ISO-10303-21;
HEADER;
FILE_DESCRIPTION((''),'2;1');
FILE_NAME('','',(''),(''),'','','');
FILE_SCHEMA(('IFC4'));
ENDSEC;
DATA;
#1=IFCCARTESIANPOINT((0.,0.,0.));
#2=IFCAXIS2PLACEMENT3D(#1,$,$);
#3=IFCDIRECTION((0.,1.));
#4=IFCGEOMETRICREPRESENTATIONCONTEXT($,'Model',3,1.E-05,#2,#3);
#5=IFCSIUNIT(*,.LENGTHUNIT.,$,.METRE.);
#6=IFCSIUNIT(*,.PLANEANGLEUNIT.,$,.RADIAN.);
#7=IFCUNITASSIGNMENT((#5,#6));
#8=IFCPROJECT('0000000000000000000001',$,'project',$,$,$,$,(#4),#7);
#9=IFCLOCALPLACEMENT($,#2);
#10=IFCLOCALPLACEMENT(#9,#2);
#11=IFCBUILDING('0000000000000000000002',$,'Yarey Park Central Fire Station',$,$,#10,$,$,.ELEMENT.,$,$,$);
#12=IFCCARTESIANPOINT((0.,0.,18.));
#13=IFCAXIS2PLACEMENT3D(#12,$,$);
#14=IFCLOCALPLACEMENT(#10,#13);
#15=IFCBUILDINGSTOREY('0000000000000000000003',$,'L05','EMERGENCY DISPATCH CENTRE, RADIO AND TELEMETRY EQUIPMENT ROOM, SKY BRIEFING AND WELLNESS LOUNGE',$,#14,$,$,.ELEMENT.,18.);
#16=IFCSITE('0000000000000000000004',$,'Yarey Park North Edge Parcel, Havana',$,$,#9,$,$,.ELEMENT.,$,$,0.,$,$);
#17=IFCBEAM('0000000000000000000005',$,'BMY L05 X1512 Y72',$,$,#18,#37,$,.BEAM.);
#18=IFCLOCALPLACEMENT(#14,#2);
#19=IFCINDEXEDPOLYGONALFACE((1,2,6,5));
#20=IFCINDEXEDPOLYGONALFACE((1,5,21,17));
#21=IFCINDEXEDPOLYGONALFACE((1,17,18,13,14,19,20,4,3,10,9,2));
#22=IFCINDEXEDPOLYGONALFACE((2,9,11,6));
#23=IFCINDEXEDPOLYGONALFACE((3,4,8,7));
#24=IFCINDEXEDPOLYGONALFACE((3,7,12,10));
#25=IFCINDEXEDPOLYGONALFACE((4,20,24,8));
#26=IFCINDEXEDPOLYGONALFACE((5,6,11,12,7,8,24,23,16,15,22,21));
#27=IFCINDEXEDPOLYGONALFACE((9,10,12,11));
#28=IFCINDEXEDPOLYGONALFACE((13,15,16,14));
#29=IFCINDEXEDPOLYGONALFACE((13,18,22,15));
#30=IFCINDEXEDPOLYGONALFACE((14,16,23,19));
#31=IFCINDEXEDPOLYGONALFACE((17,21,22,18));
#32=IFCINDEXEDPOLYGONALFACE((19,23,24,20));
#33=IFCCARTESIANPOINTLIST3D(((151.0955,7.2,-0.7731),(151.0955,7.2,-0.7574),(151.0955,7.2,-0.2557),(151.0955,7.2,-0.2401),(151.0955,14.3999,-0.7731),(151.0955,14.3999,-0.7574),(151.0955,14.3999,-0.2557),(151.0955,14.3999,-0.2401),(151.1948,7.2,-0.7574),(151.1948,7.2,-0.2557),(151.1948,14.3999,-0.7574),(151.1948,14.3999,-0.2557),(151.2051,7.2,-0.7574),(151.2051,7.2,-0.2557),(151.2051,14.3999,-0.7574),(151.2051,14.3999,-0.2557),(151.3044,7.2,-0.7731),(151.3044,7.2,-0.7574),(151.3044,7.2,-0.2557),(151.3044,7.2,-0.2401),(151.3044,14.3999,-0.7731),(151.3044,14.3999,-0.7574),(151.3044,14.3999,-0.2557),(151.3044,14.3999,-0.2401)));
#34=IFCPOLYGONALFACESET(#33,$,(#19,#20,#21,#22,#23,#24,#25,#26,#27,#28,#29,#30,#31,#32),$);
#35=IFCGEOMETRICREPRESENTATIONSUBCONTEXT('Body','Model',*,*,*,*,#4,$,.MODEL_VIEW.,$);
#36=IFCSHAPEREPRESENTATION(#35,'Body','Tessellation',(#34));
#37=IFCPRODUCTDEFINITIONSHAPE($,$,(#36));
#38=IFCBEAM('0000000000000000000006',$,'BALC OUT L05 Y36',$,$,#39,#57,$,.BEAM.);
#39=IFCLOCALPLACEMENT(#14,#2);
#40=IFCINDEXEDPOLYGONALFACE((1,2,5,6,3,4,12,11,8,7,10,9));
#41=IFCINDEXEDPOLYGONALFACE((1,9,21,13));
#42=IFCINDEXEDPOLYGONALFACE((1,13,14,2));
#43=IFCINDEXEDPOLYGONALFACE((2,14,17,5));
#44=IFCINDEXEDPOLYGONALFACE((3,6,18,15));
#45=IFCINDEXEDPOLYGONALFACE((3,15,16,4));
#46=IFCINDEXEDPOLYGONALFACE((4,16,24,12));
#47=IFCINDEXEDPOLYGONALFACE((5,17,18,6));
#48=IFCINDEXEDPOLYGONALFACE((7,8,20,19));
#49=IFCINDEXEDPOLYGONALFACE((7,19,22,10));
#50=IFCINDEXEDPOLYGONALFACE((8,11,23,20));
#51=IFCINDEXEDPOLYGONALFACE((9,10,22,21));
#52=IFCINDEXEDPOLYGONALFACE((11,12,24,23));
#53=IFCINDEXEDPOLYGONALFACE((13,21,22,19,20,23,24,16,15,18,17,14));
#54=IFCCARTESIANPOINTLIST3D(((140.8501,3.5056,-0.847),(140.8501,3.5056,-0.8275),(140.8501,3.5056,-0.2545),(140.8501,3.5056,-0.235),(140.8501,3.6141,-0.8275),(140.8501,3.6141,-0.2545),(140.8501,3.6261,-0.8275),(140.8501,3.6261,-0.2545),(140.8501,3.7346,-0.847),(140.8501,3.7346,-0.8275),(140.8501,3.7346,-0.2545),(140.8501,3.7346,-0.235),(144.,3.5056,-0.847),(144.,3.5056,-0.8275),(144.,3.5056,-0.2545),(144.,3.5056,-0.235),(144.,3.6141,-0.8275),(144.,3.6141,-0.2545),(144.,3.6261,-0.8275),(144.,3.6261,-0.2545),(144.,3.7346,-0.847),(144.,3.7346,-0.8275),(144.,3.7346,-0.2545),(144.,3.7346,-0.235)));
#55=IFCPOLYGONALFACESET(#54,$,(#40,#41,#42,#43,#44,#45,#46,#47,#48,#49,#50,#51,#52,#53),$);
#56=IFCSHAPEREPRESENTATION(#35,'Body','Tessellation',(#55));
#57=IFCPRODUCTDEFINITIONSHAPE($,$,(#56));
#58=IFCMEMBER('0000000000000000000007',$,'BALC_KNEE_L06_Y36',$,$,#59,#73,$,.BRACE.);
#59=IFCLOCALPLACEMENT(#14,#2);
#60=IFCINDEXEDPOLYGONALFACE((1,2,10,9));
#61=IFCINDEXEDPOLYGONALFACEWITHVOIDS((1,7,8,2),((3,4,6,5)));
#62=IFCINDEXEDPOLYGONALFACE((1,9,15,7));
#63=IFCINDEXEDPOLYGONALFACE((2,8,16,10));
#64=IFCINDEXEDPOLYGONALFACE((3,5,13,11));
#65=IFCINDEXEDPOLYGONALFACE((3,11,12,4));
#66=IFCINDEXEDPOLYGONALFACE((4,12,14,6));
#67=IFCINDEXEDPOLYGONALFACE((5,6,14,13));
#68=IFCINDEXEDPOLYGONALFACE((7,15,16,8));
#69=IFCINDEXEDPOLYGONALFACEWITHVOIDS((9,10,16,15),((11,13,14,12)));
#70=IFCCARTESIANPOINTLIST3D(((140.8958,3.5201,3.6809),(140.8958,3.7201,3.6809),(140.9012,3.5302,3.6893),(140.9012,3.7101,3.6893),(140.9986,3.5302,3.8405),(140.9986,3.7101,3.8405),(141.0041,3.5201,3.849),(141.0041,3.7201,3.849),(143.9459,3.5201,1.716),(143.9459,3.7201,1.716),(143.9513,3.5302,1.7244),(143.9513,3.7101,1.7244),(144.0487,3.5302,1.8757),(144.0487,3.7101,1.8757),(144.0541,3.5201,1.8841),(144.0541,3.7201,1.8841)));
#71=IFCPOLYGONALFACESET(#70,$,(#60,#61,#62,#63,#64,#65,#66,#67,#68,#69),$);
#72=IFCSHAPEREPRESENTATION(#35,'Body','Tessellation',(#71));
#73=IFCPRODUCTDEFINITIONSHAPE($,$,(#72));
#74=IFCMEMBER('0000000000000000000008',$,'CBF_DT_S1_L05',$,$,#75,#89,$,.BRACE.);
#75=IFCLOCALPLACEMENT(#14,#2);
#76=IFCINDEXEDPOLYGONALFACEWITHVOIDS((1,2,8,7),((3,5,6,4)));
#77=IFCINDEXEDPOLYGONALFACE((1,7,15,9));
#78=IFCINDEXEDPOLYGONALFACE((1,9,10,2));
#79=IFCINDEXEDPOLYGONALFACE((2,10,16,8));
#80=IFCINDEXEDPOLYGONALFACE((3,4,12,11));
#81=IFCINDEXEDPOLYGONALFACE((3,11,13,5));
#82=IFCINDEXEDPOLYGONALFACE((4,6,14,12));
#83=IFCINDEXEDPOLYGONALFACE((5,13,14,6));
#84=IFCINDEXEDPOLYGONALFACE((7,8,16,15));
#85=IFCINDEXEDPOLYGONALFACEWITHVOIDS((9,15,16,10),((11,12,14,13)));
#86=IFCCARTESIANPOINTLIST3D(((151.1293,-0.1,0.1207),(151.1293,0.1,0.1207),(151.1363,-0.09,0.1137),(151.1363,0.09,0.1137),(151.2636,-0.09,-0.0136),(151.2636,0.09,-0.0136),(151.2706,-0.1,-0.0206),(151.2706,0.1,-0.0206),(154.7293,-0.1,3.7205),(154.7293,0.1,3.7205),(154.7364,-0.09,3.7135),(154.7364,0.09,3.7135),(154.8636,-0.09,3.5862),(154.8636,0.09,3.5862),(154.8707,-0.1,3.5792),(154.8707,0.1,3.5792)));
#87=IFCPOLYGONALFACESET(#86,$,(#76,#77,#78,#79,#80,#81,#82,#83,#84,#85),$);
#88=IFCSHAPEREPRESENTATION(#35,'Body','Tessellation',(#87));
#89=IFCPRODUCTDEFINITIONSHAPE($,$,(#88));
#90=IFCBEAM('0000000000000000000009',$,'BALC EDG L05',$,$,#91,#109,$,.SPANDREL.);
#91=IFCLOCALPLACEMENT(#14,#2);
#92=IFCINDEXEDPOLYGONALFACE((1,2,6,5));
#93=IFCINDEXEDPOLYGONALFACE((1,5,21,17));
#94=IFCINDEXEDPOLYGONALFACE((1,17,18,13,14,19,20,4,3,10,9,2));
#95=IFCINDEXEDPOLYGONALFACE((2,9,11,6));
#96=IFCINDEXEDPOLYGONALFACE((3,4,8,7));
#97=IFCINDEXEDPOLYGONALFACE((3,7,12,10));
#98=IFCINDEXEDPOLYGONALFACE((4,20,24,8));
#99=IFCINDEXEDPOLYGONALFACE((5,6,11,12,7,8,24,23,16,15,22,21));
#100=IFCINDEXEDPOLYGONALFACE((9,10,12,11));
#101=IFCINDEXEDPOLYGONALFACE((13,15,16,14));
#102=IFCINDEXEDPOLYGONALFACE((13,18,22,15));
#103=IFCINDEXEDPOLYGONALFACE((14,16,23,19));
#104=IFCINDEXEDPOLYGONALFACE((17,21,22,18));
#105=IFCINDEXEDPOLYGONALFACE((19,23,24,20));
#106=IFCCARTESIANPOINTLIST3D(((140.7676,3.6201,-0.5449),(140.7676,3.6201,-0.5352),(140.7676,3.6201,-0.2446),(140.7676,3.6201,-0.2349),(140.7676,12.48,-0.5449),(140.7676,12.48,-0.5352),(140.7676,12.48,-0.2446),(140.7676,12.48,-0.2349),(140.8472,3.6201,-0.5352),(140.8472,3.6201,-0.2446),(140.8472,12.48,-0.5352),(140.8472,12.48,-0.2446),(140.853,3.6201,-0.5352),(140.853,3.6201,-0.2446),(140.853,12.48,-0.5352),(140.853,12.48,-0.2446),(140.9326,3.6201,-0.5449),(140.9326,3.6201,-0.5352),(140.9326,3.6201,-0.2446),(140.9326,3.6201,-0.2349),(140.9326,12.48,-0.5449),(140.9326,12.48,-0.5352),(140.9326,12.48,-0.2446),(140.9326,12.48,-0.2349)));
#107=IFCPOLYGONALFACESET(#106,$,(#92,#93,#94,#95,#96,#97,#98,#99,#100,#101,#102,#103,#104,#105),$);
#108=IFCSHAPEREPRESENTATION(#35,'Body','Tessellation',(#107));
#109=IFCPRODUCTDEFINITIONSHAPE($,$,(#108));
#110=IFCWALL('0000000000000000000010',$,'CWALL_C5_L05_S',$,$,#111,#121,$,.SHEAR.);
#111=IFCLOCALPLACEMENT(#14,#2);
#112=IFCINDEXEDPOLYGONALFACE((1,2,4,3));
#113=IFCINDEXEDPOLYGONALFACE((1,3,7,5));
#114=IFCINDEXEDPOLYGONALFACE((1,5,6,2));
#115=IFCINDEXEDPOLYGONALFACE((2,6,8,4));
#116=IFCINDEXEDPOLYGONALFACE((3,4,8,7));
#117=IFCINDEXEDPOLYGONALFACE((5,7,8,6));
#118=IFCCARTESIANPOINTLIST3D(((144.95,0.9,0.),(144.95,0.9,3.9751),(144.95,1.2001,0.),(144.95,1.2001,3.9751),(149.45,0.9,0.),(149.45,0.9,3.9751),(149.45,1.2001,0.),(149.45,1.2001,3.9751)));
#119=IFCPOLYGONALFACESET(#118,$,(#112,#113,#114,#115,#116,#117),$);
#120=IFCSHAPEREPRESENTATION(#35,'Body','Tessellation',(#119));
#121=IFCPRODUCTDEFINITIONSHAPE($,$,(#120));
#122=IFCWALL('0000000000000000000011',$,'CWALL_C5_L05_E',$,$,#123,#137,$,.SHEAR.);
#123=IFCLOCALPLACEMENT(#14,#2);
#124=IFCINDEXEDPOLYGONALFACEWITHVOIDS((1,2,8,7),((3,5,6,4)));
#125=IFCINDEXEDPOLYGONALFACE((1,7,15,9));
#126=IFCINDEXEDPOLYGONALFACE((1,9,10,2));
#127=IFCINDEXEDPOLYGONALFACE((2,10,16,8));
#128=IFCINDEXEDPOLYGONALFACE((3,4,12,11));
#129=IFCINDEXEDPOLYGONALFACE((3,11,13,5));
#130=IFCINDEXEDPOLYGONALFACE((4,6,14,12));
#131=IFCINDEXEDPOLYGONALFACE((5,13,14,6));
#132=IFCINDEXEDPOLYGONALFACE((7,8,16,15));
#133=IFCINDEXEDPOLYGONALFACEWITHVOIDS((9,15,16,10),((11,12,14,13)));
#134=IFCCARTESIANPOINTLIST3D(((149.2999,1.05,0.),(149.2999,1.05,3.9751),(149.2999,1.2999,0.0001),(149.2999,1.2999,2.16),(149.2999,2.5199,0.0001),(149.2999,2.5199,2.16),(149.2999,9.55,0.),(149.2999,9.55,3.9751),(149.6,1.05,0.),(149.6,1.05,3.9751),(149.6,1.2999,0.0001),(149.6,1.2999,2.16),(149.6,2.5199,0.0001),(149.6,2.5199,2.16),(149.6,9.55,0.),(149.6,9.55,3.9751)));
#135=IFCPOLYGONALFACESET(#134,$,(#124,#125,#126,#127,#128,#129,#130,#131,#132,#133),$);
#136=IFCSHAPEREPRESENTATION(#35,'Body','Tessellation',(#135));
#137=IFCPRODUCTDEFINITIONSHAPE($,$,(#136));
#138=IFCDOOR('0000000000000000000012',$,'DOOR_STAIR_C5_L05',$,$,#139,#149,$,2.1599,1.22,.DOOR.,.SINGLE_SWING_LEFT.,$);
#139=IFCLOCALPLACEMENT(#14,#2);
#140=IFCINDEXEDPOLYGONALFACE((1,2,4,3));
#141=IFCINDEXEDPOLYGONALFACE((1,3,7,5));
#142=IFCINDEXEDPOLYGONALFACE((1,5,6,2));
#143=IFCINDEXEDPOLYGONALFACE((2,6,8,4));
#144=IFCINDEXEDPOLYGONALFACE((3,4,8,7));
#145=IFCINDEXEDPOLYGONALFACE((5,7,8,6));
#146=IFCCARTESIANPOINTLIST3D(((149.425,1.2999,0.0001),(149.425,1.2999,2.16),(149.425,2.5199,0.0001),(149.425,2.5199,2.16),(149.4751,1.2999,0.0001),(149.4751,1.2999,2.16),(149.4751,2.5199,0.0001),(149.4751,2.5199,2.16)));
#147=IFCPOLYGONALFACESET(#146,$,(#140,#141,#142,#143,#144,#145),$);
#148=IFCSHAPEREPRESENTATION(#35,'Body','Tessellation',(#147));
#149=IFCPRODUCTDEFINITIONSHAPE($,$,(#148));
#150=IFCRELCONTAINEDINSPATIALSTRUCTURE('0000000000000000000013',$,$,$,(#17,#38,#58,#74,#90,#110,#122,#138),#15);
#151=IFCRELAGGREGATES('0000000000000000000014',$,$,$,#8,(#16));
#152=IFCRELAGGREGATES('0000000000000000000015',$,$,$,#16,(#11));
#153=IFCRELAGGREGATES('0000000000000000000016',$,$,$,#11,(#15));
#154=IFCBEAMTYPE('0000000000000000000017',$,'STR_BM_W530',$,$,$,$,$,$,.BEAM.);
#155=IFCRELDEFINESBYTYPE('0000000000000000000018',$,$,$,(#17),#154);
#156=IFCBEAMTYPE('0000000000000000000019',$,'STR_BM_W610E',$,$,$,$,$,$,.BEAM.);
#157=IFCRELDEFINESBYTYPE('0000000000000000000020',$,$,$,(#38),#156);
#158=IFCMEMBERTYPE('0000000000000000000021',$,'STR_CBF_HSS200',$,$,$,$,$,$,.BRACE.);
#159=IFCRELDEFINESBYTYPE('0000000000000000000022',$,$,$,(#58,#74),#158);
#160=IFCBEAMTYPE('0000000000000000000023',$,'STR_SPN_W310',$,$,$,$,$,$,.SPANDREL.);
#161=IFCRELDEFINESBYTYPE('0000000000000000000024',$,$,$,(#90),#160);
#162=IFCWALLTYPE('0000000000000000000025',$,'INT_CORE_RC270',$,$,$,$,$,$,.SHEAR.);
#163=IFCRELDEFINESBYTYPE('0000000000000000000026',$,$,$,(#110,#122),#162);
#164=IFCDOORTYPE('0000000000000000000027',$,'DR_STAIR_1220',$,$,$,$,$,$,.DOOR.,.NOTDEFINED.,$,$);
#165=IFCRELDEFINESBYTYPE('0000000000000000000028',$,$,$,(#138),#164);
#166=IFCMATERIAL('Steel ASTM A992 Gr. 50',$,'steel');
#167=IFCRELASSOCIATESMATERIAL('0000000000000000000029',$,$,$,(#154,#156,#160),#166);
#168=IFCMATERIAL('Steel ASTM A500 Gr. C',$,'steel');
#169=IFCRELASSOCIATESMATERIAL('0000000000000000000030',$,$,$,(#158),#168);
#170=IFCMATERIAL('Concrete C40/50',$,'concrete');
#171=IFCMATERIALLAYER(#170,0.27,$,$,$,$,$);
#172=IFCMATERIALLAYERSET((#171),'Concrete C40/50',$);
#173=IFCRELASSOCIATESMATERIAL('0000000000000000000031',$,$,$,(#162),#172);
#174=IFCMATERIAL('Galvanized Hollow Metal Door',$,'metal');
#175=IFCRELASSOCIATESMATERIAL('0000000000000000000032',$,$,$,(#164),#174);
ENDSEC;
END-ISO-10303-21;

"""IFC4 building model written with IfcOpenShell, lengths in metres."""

from ifc_helpers import new_model, si_unit, direction, frame, frame_2d, origin, origin_2d, place, context, subcontext, project, spatial, rectangle, hollow_rectangle, i_section, extrude, material, layer, layer_set, material_profile, profile_set, type_object, element, fill, save


model = new_model("IFC4")

# Units and contexts
model_context = context("Model", 3, precision=1e-05, world=origin(), true_north=direction((0.0, 1.0)))
body_context = subcontext(model_context, "Body", "Model", "MODEL_VIEW")
ifc_project = project(units=[si_unit("LENGTHUNIT", "METRE"), si_unit("PLANEANGLEUNIT", "RADIAN")], contexts=[model_context])

# Site, building, storey
site_placement = place(None, origin())
site = spatial("IfcSite", under=ifc_project, at=site_placement, Name="Yarey Park North Edge Parcel, Havana", CompositionType="ELEMENT", RefElevation=0.0)
building_placement = place(site_placement, origin())
building = spatial("IfcBuilding", under=site, at=building_placement, Name="Yarey Park Central Fire Station", CompositionType="ELEMENT")
storey_placement = place(building_placement, frame((0.0, 0.0, 18.0)))
storey = spatial("IfcBuildingStorey", under=building, at=storey_placement, Name="L05", Description="EMERGENCY DISPATCH CENTRE, RADIO AND TELEMETRY EQUIPMENT ROOM, SKY BRIEFING AND WELLNESS LOUNGE", CompositionType="ELEMENT", Elevation=18.0)

# Shared definitions
ifc_material_1 = material(Name="Steel ASTM A992 Gr. 50", Category="steel")

# Beams
ifc_material_profile_1 = material_profile(ifc_material_1, i_section(OverallWidth=0.209, OverallDepth=0.533, WebThickness=0.0103, FlangeThickness=0.0156, at=origin_2d()), Name="W530x92")
ifc_profile_set_1 = profile_set([ifc_material_profile_1], Name="Steel ASTM A992 Gr. 50")
beam_type_1 = type_object("IfcBeamType", Name="STR_BM_W530", PredefinedType="BEAM", material=ifc_profile_set_1)
for number, where, z_axis, x_axis, name in (
    (1, (151.2, 7.2, -0.5066), (0.0, 1.0, 0.0), (-1.0, 0.0, 0.0), "BMY L05 X1512 Y72"),
):
    element("IfcBeam", number, at=place(storey_placement, frame(where, z_axis=z_axis, x_axis=x_axis)), inside=storey, type_object=beam_type_1, Name=name, PredefinedType="BEAM", context=body_context, shape_type="SweptSolid", body=[
        extrude(i_section(OverallWidth=0.209, OverallDepth=0.533, WebThickness=0.0103, FlangeThickness=0.0156, at=origin_2d()), origin(), (0.0, 0.0, 1.0), 7.2),
    ])
ifc_material_profile_2 = material_profile(ifc_material_1, i_section(OverallWidth=0.229, OverallDepth=0.6121, WebThickness=0.012, FlangeThickness=0.0195, at=origin_2d()), Name="W610x125")
ifc_profile_set_2 = profile_set([ifc_material_profile_2], Name="Steel ASTM A992 Gr. 50")
beam_type_2 = type_object("IfcBeamType", Name="STR_BM_W610E", PredefinedType="BEAM", material=ifc_profile_set_2)
beam_1_placement = place(storey_placement, frame((140.8501, 3.6201, -0.541), z_axis=(1.0, 0.0, 0.0), x_axis=(0.0, 1.0, 0.0)))
element("IfcBeam", 2, at=beam_1_placement, inside=storey, type_object=beam_type_2, Name="BALC OUT L05 Y36", PredefinedType="BEAM", context=body_context, shape_type="SweptSolid", body=[
    extrude(i_section(OverallWidth=0.229, OverallDepth=0.6121, WebThickness=0.012, FlangeThickness=0.0195, at=origin_2d()), origin(), (0.0, 0.0, 1.0), 3.1499),
])

# Members
ifc_material_2 = material(Name="Steel ASTM A500 Gr. C", Category="steel")
ifc_material_profile_3 = material_profile(ifc_material_2, hollow_rectangle(XDim=0.2, YDim=0.2, WallThickness=0.01, at=origin_2d()), Name="HSS 200x200x10")
ifc_profile_set_3 = profile_set([ifc_material_profile_3], Name="Steel ASTM A500 Gr. C")
member_type = type_object("IfcMemberType", Name="STR_CBF_HSS200", PredefinedType="BRACE", material=ifc_profile_set_3)
member_1_placement = place(storey_placement, frame((144.0, 3.6201, 1.8), z_axis=(-0.840664, 0.0, 0.541557), x_axis=(0.0, -1.0, 0.0)))
element("IfcMember", 3, at=member_1_placement, inside=storey, type_object=member_type, Name="BALC_KNEE_L06_Y36", PredefinedType="BRACE", context=body_context, shape_type="SweptSolid", body=[
    extrude(hollow_rectangle(XDim=0.2, YDim=0.2, WallThickness=0.01, at=origin_2d()), origin(), (0.0, 0.0, 1.0), 3.6282),
])
member_2_placement = place(storey_placement, frame((151.2, 0.0, 0.05), z_axis=(0.707131, 0.0, 0.707083), x_axis=(0.0, 1.0, 0.0)))
element("IfcMember", 4, at=member_2_placement, inside=storey, type_object=member_type, Name="CBF_DT_S1_L05", PredefinedType="BRACE", context=body_context, shape_type="SweptSolid", body=[
    extrude(hollow_rectangle(XDim=0.2, YDim=0.2, WallThickness=0.01, at=origin_2d()), origin(), (0.0, 0.0, 1.0), 5.0911),
])

# Beam
ifc_material_profile_4 = material_profile(ifc_material_1, i_section(OverallWidth=0.165, OverallDepth=0.3101, WebThickness=0.0059, FlangeThickness=0.0098, at=origin_2d()), Name="W310x39")
ifc_profile_set_4 = profile_set([ifc_material_profile_4], Name="Steel ASTM A992 Gr. 50")
beam_type_3 = type_object("IfcBeamType", Name="STR_SPN_W310", PredefinedType="SPANDREL", material=ifc_profile_set_4)
beam_2_placement = place(storey_placement, frame((140.8501, 3.6201, -0.3899), z_axis=(0.0, 1.0, 0.0), x_axis=(-1.0, 0.0, 0.0)))
element("IfcBeam", 5, at=beam_2_placement, inside=storey, type_object=beam_type_3, Name="BALC EDG L05", PredefinedType="SPANDREL", context=body_context, shape_type="SweptSolid", body=[
    extrude(i_section(OverallWidth=0.165, OverallDepth=0.3101, WebThickness=0.0059, FlangeThickness=0.0098, at=origin_2d()), origin(), (0.0, 0.0, 1.0), 8.8599),
])

# Wall
ifc_material_3 = material(Name="Concrete C40/50", Category="concrete")
ifc_layer_1 = layer(ifc_material_3, 0.27)
ifc_layer_set_1 = layer_set([ifc_layer_1], Name="Concrete C40/50")
wall_type = type_object("IfcWallType", Name="INT_CORE_RC270", PredefinedType="SHEAR", material=ifc_layer_set_1)
wall_1_placement = place(storey_placement, frame((144.95, 1.05, 0.0), z_axis=(0.0, 0.0, 1.0), x_axis=(1.0, 0.0, 0.0)))
element("IfcWall", 6, at=wall_1_placement, inside=storey, type_object=wall_type, Name="CWALL_C5_L05_S", PredefinedType="SHEAR", context=body_context, shape_type="SweptSolid", body=[
    extrude(rectangle(XDim=4.5, YDim=0.3, at=frame_2d((2.25, 0.0))), origin(), (0.0, 0.0, 1.0), 3.9751),
])

# Wall, opening, door
wall_2_placement = place(storey_placement, frame((149.45, 1.05, 0.0), z_axis=(0.0, 0.0, 1.0), x_axis=(0.0, 1.0, 0.0)))
wall_2 = element("IfcWall", 7, at=wall_2_placement, inside=storey, type_object=wall_type, Name="CWALL_C5_L05_E", PredefinedType="SHEAR", context=body_context, shape_type="SweptSolid", body=[
    extrude(rectangle(XDim=8.5, YDim=0.3, at=frame_2d((4.25, 0.0))), origin(), (0.0, 0.0, 1.0), 3.9751),
])
opening_placement = place(wall_2_placement, frame((0.25, 0.0, 0.0)))
opening = element("IfcOpeningElement", 8, at=opening_placement, cuts=wall_2, PredefinedType="OPENING", context=body_context, shape_type="SweptSolid", body=[
    extrude(rectangle(XDim=1.22, YDim=2.1599, at=frame_2d((0.6099, 1.0801))), frame((0.0, 0.1599, 0.0), z_axis=(0.0, -1.0, 0.0), x_axis=(1.0, 0.0, 0.0)), (0.0, 0.0, 1.0), 0.3201),
])
ifc_material_4 = material(Name="Galvanized Hollow Metal Door", Category="metal")
door_type = type_object("IfcDoorType", Name="DR_STAIR_1220", OperationType="NOTDEFINED", PredefinedType="DOOR", material=ifc_material_4)
door_placement = place(opening_placement, origin())
door = element("IfcDoor", 9, at=door_placement, inside=storey, type_object=door_type, Name="DOOR_STAIR_C5_L05", OperationType="SINGLE_SWING_LEFT", OverallHeight=2.1599, OverallWidth=1.22, PredefinedType="DOOR", context=body_context, shape_type="SweptSolid", body=[
    extrude(rectangle(XDim=1.22, YDim=2.1599, at=frame_2d((0.6099, 1.0801))), frame((0.0, 0.0249, 0.0), z_axis=(0.0, -1.0, 0.0), x_axis=(1.0, 0.0, 0.0)), (0.0, 0.0, 1.0), 0.05),
])
fill(opening, door)

save(model, "model.ifc")
